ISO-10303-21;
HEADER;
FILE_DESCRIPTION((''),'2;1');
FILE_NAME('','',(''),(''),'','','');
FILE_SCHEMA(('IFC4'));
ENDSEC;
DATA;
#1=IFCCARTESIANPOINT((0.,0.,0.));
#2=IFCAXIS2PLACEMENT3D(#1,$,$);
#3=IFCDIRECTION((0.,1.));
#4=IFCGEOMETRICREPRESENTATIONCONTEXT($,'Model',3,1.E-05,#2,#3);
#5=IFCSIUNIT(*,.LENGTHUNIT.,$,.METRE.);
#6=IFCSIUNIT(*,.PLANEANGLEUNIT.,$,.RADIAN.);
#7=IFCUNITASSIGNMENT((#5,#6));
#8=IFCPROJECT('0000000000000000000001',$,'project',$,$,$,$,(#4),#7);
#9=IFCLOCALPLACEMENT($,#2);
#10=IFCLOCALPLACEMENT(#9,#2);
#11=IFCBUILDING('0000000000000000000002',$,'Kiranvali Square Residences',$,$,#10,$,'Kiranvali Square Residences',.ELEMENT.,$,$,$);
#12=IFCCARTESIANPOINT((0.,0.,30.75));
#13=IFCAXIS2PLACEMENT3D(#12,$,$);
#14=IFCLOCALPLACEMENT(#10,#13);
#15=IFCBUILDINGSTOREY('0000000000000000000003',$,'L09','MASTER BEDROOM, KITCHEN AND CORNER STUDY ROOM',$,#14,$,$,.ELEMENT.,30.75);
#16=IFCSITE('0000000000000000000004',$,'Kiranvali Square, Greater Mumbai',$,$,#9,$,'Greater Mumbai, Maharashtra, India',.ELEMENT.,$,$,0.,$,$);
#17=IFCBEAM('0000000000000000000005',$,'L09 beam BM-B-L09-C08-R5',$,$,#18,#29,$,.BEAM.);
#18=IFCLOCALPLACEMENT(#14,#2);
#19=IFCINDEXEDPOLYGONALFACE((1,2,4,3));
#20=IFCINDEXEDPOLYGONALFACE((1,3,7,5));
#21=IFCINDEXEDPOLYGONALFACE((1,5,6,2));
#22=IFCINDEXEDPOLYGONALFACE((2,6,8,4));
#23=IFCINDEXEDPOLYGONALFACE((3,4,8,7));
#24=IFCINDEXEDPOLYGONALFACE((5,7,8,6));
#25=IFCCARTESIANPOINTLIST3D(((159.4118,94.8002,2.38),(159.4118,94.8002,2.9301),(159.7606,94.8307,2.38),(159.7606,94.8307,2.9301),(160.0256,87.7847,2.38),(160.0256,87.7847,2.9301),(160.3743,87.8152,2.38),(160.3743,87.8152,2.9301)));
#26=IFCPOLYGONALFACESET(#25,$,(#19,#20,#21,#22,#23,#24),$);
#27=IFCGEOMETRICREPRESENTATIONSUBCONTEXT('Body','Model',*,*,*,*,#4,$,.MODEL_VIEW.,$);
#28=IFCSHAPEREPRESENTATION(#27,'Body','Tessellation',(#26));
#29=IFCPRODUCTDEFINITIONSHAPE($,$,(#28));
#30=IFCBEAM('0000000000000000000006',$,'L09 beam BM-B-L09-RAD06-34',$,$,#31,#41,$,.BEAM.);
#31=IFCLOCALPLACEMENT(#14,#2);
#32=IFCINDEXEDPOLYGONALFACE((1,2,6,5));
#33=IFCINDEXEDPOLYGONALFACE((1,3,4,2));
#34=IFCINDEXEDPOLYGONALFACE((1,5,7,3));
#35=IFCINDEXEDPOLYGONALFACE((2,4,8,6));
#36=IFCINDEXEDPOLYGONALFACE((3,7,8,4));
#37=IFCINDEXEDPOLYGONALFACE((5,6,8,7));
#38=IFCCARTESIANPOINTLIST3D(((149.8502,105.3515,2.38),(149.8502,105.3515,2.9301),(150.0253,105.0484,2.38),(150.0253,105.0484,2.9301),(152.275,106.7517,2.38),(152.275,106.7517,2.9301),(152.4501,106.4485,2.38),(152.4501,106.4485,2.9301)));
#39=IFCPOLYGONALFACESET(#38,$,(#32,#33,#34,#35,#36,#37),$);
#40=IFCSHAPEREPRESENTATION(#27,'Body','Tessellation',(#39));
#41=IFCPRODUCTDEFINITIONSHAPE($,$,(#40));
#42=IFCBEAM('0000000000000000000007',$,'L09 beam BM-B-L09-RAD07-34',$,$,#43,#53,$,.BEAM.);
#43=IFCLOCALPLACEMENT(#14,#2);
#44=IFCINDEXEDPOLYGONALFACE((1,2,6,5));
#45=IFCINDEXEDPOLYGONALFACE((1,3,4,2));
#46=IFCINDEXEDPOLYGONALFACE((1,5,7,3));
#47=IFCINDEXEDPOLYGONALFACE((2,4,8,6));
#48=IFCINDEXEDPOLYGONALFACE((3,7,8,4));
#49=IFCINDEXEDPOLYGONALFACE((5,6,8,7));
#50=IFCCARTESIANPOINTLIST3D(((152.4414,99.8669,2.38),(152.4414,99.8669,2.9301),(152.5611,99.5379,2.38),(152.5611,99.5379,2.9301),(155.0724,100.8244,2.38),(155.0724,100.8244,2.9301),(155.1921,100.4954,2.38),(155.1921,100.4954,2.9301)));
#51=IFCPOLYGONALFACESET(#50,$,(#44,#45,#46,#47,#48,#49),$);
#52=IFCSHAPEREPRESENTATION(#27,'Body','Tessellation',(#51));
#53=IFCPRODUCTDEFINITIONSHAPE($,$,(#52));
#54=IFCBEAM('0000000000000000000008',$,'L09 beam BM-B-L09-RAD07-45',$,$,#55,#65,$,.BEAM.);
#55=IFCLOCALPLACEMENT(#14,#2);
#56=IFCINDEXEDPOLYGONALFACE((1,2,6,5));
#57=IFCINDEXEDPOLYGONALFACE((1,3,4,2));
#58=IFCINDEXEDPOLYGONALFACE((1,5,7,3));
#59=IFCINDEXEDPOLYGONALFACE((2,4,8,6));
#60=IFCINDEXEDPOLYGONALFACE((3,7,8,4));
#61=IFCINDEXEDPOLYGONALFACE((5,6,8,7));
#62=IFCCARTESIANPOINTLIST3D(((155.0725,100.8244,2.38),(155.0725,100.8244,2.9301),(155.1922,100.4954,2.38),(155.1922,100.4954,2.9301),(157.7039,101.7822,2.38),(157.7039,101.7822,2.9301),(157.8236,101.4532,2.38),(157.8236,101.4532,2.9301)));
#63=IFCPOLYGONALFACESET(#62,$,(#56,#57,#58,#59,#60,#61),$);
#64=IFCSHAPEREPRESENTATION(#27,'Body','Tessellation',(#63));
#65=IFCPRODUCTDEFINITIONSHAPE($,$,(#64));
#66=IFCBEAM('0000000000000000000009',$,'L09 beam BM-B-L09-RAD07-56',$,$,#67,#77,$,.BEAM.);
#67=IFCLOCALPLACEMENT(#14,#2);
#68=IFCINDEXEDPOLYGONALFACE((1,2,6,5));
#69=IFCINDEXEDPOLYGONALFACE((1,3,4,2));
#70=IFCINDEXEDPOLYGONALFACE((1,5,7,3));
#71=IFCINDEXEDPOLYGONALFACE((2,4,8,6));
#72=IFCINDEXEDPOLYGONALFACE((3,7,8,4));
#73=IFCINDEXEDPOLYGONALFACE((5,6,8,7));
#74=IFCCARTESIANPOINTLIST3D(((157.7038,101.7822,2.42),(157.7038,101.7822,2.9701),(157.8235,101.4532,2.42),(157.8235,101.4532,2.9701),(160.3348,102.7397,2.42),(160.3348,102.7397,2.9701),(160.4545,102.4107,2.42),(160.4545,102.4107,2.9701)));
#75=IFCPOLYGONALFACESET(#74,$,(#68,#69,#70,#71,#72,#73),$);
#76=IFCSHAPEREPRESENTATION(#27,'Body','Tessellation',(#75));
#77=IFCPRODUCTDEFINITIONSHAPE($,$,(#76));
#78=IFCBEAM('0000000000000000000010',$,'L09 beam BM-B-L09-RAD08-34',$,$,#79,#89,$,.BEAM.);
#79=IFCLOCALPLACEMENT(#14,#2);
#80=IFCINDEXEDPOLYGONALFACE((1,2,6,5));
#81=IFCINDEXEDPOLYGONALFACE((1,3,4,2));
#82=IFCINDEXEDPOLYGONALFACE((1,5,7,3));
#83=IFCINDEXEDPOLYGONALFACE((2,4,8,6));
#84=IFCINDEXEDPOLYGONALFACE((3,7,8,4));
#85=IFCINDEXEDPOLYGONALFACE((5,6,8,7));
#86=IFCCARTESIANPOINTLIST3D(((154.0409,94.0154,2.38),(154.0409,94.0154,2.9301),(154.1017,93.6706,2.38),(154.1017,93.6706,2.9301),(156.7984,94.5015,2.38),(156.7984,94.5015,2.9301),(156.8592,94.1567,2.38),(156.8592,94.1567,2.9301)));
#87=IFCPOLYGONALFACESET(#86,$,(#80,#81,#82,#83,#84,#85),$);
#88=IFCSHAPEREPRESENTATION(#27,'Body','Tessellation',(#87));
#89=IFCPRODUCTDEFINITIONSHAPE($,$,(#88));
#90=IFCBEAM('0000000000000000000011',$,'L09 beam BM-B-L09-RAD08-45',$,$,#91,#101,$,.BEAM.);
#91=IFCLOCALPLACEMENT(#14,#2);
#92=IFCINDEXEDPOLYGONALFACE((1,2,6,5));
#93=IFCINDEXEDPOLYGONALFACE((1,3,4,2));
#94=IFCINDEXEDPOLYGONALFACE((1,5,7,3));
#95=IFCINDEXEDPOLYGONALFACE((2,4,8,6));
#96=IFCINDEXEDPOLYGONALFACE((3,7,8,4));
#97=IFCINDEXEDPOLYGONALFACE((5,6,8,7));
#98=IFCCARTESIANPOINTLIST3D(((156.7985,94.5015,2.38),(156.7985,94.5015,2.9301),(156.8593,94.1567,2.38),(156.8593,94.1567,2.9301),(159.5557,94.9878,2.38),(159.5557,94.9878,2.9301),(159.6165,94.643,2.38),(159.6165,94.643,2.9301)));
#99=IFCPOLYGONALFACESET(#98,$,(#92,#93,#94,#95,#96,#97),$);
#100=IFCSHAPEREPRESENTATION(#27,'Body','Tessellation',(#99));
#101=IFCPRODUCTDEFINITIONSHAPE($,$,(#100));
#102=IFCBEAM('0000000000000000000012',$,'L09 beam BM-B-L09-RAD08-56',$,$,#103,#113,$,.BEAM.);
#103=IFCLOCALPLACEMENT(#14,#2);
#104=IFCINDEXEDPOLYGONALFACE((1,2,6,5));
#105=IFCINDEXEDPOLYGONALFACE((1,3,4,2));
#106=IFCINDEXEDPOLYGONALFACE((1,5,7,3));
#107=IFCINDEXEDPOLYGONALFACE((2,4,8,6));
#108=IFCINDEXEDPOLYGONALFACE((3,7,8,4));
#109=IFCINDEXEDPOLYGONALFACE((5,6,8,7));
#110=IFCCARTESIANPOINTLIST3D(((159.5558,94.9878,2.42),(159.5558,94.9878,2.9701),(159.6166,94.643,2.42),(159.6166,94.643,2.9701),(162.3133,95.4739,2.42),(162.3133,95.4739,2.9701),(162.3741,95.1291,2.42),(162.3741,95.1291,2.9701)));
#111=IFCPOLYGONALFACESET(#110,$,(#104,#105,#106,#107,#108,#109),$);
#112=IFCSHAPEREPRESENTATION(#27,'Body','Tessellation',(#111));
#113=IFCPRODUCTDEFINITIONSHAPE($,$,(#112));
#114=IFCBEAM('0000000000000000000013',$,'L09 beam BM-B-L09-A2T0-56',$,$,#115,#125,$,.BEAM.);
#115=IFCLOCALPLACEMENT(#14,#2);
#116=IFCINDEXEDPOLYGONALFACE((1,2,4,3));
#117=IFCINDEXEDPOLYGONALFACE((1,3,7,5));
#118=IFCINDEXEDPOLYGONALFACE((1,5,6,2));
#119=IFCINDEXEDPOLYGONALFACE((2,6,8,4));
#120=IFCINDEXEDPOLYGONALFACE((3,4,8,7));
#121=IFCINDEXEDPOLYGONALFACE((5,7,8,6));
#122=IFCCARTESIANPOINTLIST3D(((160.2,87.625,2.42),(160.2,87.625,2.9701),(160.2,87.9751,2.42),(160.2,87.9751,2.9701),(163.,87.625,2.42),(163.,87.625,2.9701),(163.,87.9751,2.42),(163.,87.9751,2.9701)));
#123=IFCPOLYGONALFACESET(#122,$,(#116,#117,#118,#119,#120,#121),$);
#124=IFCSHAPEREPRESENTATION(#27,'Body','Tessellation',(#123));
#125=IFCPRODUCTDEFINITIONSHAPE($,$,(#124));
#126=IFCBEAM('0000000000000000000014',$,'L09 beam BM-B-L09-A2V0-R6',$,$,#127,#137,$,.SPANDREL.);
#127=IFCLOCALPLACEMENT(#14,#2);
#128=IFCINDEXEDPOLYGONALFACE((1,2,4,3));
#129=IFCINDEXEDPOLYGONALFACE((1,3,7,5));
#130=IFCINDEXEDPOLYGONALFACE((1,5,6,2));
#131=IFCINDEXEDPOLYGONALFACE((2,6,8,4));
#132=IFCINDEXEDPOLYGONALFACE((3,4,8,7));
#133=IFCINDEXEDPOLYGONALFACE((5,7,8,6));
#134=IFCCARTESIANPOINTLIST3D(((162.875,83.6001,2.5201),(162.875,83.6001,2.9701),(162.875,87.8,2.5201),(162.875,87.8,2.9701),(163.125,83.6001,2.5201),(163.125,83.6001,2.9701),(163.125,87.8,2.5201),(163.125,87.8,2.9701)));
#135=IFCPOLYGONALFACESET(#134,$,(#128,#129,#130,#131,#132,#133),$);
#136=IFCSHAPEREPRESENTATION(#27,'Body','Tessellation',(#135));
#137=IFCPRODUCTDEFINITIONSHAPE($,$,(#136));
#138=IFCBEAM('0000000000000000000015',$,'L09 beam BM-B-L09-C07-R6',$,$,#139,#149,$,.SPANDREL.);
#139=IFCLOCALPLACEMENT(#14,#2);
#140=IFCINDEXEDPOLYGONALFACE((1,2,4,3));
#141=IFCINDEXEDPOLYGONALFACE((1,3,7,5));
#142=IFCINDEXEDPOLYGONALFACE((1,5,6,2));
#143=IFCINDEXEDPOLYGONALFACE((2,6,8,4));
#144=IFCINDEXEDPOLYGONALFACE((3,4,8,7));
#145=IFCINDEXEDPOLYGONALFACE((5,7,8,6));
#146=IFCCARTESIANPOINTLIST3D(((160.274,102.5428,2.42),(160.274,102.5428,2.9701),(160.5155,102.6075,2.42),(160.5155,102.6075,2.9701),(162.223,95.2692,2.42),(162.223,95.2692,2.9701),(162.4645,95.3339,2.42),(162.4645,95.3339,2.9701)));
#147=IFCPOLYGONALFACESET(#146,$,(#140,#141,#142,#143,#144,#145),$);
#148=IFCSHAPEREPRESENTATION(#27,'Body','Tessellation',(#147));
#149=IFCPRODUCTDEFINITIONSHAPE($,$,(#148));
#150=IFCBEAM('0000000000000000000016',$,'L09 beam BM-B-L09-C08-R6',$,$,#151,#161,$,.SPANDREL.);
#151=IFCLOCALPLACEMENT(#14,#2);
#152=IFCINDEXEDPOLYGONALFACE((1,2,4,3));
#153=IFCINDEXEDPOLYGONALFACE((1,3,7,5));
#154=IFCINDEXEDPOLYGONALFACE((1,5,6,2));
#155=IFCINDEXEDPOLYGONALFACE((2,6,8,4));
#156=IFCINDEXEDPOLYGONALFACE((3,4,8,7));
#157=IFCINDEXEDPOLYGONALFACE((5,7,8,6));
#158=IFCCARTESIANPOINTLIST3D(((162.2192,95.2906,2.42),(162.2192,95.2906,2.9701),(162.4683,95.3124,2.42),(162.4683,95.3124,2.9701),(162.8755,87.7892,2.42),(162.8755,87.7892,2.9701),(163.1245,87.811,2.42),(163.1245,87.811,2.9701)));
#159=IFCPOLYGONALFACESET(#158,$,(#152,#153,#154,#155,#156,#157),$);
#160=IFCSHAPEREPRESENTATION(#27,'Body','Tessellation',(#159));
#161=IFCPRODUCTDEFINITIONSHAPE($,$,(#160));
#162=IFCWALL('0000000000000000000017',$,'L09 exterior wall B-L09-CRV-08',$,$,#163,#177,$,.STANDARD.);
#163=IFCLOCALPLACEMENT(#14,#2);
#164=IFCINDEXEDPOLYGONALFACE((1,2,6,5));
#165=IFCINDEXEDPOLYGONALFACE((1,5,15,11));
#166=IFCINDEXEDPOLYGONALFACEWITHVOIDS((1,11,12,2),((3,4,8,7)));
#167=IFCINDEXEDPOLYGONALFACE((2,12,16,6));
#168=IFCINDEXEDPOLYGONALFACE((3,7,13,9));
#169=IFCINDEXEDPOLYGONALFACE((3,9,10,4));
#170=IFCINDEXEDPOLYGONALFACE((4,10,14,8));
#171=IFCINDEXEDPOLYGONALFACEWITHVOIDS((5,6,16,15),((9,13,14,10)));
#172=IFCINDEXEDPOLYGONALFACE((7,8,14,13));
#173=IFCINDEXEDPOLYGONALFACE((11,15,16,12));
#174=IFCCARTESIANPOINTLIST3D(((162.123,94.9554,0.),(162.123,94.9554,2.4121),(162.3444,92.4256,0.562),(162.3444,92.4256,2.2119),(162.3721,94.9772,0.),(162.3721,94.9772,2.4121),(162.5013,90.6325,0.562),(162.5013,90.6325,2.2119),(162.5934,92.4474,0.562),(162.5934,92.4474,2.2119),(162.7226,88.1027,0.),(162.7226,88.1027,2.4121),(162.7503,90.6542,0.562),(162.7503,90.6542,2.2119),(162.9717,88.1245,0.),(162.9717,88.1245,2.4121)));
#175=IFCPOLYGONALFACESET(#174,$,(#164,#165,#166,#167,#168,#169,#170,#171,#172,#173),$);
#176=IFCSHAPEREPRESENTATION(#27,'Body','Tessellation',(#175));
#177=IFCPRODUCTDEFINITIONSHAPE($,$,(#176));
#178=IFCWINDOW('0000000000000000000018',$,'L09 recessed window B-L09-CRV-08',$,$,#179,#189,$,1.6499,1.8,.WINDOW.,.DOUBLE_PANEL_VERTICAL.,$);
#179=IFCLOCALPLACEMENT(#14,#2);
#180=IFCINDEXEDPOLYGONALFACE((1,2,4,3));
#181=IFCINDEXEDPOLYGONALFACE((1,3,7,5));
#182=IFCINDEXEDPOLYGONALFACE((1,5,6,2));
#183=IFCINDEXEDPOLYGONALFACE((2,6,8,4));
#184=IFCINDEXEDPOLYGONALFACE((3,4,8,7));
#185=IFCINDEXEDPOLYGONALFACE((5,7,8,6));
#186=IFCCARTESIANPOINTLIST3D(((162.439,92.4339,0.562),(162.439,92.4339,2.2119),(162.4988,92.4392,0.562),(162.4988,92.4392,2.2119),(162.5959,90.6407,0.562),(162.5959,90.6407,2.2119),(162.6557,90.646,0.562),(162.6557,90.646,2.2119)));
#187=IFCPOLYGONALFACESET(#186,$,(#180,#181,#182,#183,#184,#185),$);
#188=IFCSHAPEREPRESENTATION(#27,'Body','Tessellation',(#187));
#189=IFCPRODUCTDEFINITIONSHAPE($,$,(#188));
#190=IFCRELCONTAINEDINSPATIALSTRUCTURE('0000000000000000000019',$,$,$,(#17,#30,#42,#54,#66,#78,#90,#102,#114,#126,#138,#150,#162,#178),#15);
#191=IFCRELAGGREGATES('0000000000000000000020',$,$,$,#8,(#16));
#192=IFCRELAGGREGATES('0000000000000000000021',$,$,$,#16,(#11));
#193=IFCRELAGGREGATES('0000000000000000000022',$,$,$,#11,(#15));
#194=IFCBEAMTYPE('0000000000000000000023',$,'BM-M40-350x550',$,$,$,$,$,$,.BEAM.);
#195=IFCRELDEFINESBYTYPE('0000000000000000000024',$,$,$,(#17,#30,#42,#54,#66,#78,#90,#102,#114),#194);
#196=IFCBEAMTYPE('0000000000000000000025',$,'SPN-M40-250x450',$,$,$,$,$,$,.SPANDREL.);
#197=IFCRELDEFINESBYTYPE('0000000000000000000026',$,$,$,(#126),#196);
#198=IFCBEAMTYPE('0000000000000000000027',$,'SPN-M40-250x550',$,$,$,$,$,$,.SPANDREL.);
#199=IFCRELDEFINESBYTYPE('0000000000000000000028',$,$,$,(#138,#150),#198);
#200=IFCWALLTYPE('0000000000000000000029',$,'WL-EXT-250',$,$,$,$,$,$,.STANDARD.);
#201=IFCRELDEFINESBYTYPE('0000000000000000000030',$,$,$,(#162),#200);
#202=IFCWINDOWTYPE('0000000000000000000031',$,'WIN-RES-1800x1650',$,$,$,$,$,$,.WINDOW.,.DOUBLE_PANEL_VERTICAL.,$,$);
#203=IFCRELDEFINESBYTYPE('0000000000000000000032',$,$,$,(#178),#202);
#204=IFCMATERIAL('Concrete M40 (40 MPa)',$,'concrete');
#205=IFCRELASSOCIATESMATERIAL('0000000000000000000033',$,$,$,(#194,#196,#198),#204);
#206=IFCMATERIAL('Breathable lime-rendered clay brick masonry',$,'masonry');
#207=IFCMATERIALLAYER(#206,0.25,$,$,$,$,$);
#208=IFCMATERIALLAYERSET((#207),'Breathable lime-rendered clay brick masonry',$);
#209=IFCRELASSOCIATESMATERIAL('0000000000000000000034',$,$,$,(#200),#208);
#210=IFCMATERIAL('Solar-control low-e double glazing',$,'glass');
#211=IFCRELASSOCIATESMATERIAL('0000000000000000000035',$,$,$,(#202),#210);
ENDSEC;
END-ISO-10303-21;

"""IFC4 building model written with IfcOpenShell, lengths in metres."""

from ifc_helpers import new_model, si_unit, direction, frame, frame_2d, origin, origin_2d, place, context, subcontext, project, spatial, rectangle, extrude, material, layer, layer_set, material_profile, profile_set, type_object, element, fill, save


model = new_model("IFC4")

# Units and contexts
model_context = context("Model", 3, precision=1e-05, world=origin(), true_north=direction((0.0, 1.0)))
body_context = subcontext(model_context, "Body", "Model", "MODEL_VIEW")
ifc_project = project(units=[si_unit("LENGTHUNIT", "METRE"), si_unit("PLANEANGLEUNIT", "RADIAN")], contexts=[model_context])

# Site, building, storey
site_placement = place(None, origin())
site = spatial("IfcSite", under=ifc_project, at=site_placement, Name="Kiranvali Square, Greater Mumbai", LongName="Greater Mumbai, Maharashtra, India", CompositionType="ELEMENT", RefElevation=0.0)
building_placement = place(site_placement, origin())
building = spatial("IfcBuilding", under=site, at=building_placement, Name="Kiranvali Square Residences", LongName="Kiranvali Square Residences", CompositionType="ELEMENT")
storey_placement = place(building_placement, frame((0.0, 0.0, 30.75)))
storey = spatial("IfcBuildingStorey", under=building, at=storey_placement, Name="L09", Description="MASTER BEDROOM, KITCHEN AND CORNER STUDY ROOM", CompositionType="ELEMENT", Elevation=30.75)

# Shared definitions
ifc_material_1 = material(Name="Concrete M40 (40 MPa)", Category="concrete")

# Beams
ifc_material_profile_1 = material_profile(ifc_material_1, rectangle(XDim=0.3501, YDim=0.55, at=origin_2d()), Name="RC 350x550")
ifc_profile_set_1 = profile_set([ifc_material_profile_1], Name="Concrete M40 (40 MPa)")
beam_type_1 = type_object("IfcBeamType", Name="BM-M40-350x550", PredefinedType="BEAM", material=ifc_profile_set_1)
beam_1_placement = place(storey_placement, frame((159.5862, 94.8154, 2.655), z_axis=(0.087156, -0.996195, 0.0), x_axis=(0.996195, 0.087156, 0.0)))
element("IfcBeam", 1, at=beam_1_placement, inside=storey, type_object=beam_type_1, Name="L09 beam BM-B-L09-C08-R5", PredefinedType="BEAM", context=body_context, shape_type="SweptSolid", body=[
    extrude(rectangle(XDim=0.3501, YDim=0.55, at=origin_2d()), origin(), (0.0, 0.0, 1.0), 7.0422),
])
beam_2_placement = place(storey_placement, frame((149.9377, 105.2, 2.655), z_axis=(0.865997, 0.50005, 0.0), x_axis=(-0.50005, 0.865997, 0.0)))
element("IfcBeam", 2, at=beam_2_placement, inside=storey, type_object=beam_type_1, Name="L09 beam BM-B-L09-RAD06-34", PredefinedType="BEAM", context=body_context, shape_type="SweptSolid", body=[
    extrude(rectangle(XDim=0.3501, YDim=0.55, at=origin_2d()), origin(), (0.0, 0.0, 1.0), 2.8),
])
beam_3_placement = place(storey_placement, frame((152.5012, 99.7024, 2.655), z_axis=(0.939707, 0.341981, 0.0), x_axis=(-0.341981, 0.939707, 0.0)))
element("IfcBeam", 3, at=beam_3_placement, inside=storey, type_object=beam_type_1, Name="L09 beam BM-B-L09-RAD07-34", PredefinedType="BEAM", context=body_context, shape_type="SweptSolid", body=[
    extrude(rectangle(XDim=0.3501, YDim=0.55, at=origin_2d()), origin(), (0.0, 0.0, 1.0), 2.7998),
])
beam_4_placement = place(storey_placement, frame((155.1323, 100.6599, 2.655), z_axis=(0.939689, 0.34203, 0.0), x_axis=(-0.34203, 0.939689, 0.0)))
element("IfcBeam", 4, at=beam_4_placement, inside=storey, type_object=beam_type_1, Name="L09 beam BM-B-L09-RAD07-45", PredefinedType="BEAM", context=body_context, shape_type="SweptSolid", body=[
    extrude(rectangle(XDim=0.3501, YDim=0.55, at=origin_2d()), origin(), (0.0, 0.0, 1.0), 2.8003),
])
beam_5_placement = place(storey_placement, frame((157.7637, 101.6177, 2.6951), z_axis=(0.939707, 0.341981, 0.0), x_axis=(-0.341981, 0.939707, 0.0)))
element("IfcBeam", 5, at=beam_5_placement, inside=storey, type_object=beam_type_1, Name="L09 beam BM-B-L09-RAD07-56", PredefinedType="BEAM", context=body_context, shape_type="SweptSolid", body=[
    extrude(rectangle(XDim=0.3501, YDim=0.55, at=origin_2d()), origin(), (0.0, 0.0, 1.0), 2.7998),
])
beam_6_placement = place(storey_placement, frame((154.0713, 93.843, 2.655), z_axis=(0.984817, 0.173596, 0.0), x_axis=(-0.173596, 0.984817, 0.0)))
element("IfcBeam", 6, at=beam_6_placement, inside=storey, type_object=beam_type_1, Name="L09 beam BM-B-L09-RAD08-34", PredefinedType="BEAM", context=body_context, shape_type="SweptSolid", body=[
    extrude(rectangle(XDim=0.3501, YDim=0.55, at=origin_2d()), origin(), (0.0, 0.0, 1.0), 2.8),
])
beam_7_placement = place(storey_placement, frame((156.8289, 94.3291, 2.655), z_axis=(0.984799, 0.173696, 0.0), x_axis=(-0.173696, 0.984799, 0.0)))
element("IfcBeam", 7, at=beam_7_placement, inside=storey, type_object=beam_type_1, Name="L09 beam BM-B-L09-RAD08-45", PredefinedType="BEAM", context=body_context, shape_type="SweptSolid", body=[
    extrude(rectangle(XDim=0.3501, YDim=0.55, at=origin_2d()), origin(), (0.0, 0.0, 1.0), 2.7998),
])
for number, where, z_axis, x_axis, name in (
    (8, (159.5862, 94.8154, 2.6951), (0.984817, 0.173596, 0.0), (-0.173596, 0.984817, 0.0), "L09 beam BM-B-L09-RAD08-56"),
    (9, (160.2, 87.8, 2.6951), (1.0, 0.0, 0.0), (0.0, 1.0, 0.0), "L09 beam BM-B-L09-A2T0-56"),
):
    element("IfcBeam", number, at=place(storey_placement, frame(where, z_axis=z_axis, x_axis=x_axis)), inside=storey, type_object=beam_type_1, Name=name, PredefinedType="BEAM", context=body_context, shape_type="SweptSolid", body=[
        extrude(rectangle(XDim=0.3501, YDim=0.55, at=origin_2d()), origin(), (0.0, 0.0, 1.0), 2.8),
    ])
ifc_material_profile_2 = material_profile(ifc_material_1, rectangle(XDim=0.25, YDim=0.45, at=origin_2d()), Name="RC 250x450")
ifc_profile_set_2 = profile_set([ifc_material_profile_2], Name="Concrete M40 (40 MPa)")
beam_type_2 = type_object("IfcBeamType", Name="SPN-M40-250x450", PredefinedType="SPANDREL", material=ifc_profile_set_2)
beam_8_placement = place(storey_placement, frame((163.0, 87.8, 2.7451), z_axis=(0.0, -1.0, 0.0), x_axis=(1.0, 0.0, 0.0)))
element("IfcBeam", 10, at=beam_8_placement, inside=storey, type_object=beam_type_2, Name="L09 beam BM-B-L09-A2V0-R6", PredefinedType="SPANDREL", context=body_context, shape_type="SweptSolid", body=[
    extrude(rectangle(XDim=0.25, YDim=0.45, at=origin_2d()), origin(), (0.0, 0.0, 1.0), 4.2),
])
ifc_material_profile_3 = material_profile(ifc_material_1, rectangle(XDim=0.25, YDim=0.55, at=origin_2d()), Name="RC 250x550")
ifc_profile_set_3 = profile_set([ifc_material_profile_3], Name="Concrete M40 (40 MPa)")
beam_type_3 = type_object("IfcBeamType", Name="SPN-M40-250x550", PredefinedType="SPANDREL", material=ifc_profile_set_3)
beam_9_placement = place(storey_placement, frame((160.3948, 102.5752, 2.6951), z_axis=(0.258819, -0.965926, 0.0), x_axis=(0.965926, 0.258819, 0.0)))
element("IfcBeam", 11, at=beam_9_placement, inside=storey, type_object=beam_type_3, Name="L09 beam BM-B-L09-C07-R6", PredefinedType="SPANDREL", context=body_context, shape_type="SweptSolid", body=[
    extrude(rectangle(XDim=0.25, YDim=0.55, at=origin_2d()), origin(), (0.0, 0.0, 1.0), 7.5303),
])
beam_10_placement = place(storey_placement, frame((162.3438, 95.3015, 2.6951), z_axis=(0.08715, -0.996195, 0.0), x_axis=(0.996195, 0.08715, 0.0)))
element("IfcBeam", 12, at=beam_10_placement, inside=storey, type_object=beam_type_3, Name="L09 beam BM-B-L09-C08-R6", PredefinedType="SPANDREL", context=body_context, shape_type="SweptSolid", body=[
    extrude(rectangle(XDim=0.25, YDim=0.55, at=origin_2d()), origin(), (0.0, 0.0, 1.0), 7.53),
])

# Shared definitions
ifc_material_2 = material(Name="Breathable lime-rendered clay brick masonry", Category="masonry")
ifc_layer_1 = layer(ifc_material_2, 0.25)
ifc_layer_set_1 = layer_set([ifc_layer_1], Name="Breathable lime-rendered clay brick masonry")
wall_type_1 = type_object("IfcWallType", Name="WL-EXT-250", PredefinedType="STANDARD", material=ifc_layer_set_1)
ifc_material_3 = material(Name="Solar-control low-e double glazing", Category="glass")

# Wall, opening, window
wall_1_placement = place(storey_placement, frame((162.2476, 94.9663, 0.0), z_axis=(0.0, 0.0, 1.0), x_axis=(0.087166, -0.996194, 0.0)))
wall_1 = element("IfcWall", 13, at=wall_1_placement, inside=storey, type_object=wall_type_1, Name="L09 exterior wall B-L09-CRV-08", PredefinedType="STANDARD", context=body_context, shape_type="SweptSolid", body=[
    extrude(rectangle(XDim=6.8789, YDim=0.25, at=frame_2d((3.4395, 0.0))), origin(), (0.0, 0.0, 1.0), 2.4121),
])
opening_1_placement = place(wall_1_placement, frame((2.5396, 0.0, 0.562)))
opening_1 = element("IfcOpeningElement", 14, at=opening_1_placement, cuts=wall_1, PredefinedType="OPENING", context=body_context, shape_type="SweptSolid", body=[
    extrude(rectangle(XDim=1.8, YDim=1.6499, at=frame_2d((0.8999, 0.825))), frame((0.0, 0.135, 0.0), z_axis=(0.0, -1.0, 0.0), x_axis=(1.0, 0.0, 0.0)), (0.0, 0.0, 1.0), 0.27),
])
window_type_1 = type_object("IfcWindowType", Name="WIN-RES-1800x1650", PartitioningType="DOUBLE_PANEL_VERTICAL", PredefinedType="WINDOW", material=ifc_material_3)
window_1_placement = place(opening_1_placement, origin())
window_1 = element("IfcWindow", 15, at=window_1_placement, inside=storey, type_object=window_type_1, Name="L09 recessed window B-L09-CRV-08", OverallHeight=1.6499, OverallWidth=1.8, PartitioningType="DOUBLE_PANEL_VERTICAL", PredefinedType="WINDOW", context=body_context, shape_type="SweptSolid", body=[
    extrude(rectangle(XDim=1.8, YDim=1.6499, at=frame_2d((0.8999, 0.825))), frame((0.0, 0.03, 0.0), z_axis=(0.0, -1.0, 0.0), x_axis=(1.0, 0.0, 0.0)), (0.0, 0.0, 1.0), 0.0601),
])
fill(opening_1, window_1)

save(model, "model.ifc")
